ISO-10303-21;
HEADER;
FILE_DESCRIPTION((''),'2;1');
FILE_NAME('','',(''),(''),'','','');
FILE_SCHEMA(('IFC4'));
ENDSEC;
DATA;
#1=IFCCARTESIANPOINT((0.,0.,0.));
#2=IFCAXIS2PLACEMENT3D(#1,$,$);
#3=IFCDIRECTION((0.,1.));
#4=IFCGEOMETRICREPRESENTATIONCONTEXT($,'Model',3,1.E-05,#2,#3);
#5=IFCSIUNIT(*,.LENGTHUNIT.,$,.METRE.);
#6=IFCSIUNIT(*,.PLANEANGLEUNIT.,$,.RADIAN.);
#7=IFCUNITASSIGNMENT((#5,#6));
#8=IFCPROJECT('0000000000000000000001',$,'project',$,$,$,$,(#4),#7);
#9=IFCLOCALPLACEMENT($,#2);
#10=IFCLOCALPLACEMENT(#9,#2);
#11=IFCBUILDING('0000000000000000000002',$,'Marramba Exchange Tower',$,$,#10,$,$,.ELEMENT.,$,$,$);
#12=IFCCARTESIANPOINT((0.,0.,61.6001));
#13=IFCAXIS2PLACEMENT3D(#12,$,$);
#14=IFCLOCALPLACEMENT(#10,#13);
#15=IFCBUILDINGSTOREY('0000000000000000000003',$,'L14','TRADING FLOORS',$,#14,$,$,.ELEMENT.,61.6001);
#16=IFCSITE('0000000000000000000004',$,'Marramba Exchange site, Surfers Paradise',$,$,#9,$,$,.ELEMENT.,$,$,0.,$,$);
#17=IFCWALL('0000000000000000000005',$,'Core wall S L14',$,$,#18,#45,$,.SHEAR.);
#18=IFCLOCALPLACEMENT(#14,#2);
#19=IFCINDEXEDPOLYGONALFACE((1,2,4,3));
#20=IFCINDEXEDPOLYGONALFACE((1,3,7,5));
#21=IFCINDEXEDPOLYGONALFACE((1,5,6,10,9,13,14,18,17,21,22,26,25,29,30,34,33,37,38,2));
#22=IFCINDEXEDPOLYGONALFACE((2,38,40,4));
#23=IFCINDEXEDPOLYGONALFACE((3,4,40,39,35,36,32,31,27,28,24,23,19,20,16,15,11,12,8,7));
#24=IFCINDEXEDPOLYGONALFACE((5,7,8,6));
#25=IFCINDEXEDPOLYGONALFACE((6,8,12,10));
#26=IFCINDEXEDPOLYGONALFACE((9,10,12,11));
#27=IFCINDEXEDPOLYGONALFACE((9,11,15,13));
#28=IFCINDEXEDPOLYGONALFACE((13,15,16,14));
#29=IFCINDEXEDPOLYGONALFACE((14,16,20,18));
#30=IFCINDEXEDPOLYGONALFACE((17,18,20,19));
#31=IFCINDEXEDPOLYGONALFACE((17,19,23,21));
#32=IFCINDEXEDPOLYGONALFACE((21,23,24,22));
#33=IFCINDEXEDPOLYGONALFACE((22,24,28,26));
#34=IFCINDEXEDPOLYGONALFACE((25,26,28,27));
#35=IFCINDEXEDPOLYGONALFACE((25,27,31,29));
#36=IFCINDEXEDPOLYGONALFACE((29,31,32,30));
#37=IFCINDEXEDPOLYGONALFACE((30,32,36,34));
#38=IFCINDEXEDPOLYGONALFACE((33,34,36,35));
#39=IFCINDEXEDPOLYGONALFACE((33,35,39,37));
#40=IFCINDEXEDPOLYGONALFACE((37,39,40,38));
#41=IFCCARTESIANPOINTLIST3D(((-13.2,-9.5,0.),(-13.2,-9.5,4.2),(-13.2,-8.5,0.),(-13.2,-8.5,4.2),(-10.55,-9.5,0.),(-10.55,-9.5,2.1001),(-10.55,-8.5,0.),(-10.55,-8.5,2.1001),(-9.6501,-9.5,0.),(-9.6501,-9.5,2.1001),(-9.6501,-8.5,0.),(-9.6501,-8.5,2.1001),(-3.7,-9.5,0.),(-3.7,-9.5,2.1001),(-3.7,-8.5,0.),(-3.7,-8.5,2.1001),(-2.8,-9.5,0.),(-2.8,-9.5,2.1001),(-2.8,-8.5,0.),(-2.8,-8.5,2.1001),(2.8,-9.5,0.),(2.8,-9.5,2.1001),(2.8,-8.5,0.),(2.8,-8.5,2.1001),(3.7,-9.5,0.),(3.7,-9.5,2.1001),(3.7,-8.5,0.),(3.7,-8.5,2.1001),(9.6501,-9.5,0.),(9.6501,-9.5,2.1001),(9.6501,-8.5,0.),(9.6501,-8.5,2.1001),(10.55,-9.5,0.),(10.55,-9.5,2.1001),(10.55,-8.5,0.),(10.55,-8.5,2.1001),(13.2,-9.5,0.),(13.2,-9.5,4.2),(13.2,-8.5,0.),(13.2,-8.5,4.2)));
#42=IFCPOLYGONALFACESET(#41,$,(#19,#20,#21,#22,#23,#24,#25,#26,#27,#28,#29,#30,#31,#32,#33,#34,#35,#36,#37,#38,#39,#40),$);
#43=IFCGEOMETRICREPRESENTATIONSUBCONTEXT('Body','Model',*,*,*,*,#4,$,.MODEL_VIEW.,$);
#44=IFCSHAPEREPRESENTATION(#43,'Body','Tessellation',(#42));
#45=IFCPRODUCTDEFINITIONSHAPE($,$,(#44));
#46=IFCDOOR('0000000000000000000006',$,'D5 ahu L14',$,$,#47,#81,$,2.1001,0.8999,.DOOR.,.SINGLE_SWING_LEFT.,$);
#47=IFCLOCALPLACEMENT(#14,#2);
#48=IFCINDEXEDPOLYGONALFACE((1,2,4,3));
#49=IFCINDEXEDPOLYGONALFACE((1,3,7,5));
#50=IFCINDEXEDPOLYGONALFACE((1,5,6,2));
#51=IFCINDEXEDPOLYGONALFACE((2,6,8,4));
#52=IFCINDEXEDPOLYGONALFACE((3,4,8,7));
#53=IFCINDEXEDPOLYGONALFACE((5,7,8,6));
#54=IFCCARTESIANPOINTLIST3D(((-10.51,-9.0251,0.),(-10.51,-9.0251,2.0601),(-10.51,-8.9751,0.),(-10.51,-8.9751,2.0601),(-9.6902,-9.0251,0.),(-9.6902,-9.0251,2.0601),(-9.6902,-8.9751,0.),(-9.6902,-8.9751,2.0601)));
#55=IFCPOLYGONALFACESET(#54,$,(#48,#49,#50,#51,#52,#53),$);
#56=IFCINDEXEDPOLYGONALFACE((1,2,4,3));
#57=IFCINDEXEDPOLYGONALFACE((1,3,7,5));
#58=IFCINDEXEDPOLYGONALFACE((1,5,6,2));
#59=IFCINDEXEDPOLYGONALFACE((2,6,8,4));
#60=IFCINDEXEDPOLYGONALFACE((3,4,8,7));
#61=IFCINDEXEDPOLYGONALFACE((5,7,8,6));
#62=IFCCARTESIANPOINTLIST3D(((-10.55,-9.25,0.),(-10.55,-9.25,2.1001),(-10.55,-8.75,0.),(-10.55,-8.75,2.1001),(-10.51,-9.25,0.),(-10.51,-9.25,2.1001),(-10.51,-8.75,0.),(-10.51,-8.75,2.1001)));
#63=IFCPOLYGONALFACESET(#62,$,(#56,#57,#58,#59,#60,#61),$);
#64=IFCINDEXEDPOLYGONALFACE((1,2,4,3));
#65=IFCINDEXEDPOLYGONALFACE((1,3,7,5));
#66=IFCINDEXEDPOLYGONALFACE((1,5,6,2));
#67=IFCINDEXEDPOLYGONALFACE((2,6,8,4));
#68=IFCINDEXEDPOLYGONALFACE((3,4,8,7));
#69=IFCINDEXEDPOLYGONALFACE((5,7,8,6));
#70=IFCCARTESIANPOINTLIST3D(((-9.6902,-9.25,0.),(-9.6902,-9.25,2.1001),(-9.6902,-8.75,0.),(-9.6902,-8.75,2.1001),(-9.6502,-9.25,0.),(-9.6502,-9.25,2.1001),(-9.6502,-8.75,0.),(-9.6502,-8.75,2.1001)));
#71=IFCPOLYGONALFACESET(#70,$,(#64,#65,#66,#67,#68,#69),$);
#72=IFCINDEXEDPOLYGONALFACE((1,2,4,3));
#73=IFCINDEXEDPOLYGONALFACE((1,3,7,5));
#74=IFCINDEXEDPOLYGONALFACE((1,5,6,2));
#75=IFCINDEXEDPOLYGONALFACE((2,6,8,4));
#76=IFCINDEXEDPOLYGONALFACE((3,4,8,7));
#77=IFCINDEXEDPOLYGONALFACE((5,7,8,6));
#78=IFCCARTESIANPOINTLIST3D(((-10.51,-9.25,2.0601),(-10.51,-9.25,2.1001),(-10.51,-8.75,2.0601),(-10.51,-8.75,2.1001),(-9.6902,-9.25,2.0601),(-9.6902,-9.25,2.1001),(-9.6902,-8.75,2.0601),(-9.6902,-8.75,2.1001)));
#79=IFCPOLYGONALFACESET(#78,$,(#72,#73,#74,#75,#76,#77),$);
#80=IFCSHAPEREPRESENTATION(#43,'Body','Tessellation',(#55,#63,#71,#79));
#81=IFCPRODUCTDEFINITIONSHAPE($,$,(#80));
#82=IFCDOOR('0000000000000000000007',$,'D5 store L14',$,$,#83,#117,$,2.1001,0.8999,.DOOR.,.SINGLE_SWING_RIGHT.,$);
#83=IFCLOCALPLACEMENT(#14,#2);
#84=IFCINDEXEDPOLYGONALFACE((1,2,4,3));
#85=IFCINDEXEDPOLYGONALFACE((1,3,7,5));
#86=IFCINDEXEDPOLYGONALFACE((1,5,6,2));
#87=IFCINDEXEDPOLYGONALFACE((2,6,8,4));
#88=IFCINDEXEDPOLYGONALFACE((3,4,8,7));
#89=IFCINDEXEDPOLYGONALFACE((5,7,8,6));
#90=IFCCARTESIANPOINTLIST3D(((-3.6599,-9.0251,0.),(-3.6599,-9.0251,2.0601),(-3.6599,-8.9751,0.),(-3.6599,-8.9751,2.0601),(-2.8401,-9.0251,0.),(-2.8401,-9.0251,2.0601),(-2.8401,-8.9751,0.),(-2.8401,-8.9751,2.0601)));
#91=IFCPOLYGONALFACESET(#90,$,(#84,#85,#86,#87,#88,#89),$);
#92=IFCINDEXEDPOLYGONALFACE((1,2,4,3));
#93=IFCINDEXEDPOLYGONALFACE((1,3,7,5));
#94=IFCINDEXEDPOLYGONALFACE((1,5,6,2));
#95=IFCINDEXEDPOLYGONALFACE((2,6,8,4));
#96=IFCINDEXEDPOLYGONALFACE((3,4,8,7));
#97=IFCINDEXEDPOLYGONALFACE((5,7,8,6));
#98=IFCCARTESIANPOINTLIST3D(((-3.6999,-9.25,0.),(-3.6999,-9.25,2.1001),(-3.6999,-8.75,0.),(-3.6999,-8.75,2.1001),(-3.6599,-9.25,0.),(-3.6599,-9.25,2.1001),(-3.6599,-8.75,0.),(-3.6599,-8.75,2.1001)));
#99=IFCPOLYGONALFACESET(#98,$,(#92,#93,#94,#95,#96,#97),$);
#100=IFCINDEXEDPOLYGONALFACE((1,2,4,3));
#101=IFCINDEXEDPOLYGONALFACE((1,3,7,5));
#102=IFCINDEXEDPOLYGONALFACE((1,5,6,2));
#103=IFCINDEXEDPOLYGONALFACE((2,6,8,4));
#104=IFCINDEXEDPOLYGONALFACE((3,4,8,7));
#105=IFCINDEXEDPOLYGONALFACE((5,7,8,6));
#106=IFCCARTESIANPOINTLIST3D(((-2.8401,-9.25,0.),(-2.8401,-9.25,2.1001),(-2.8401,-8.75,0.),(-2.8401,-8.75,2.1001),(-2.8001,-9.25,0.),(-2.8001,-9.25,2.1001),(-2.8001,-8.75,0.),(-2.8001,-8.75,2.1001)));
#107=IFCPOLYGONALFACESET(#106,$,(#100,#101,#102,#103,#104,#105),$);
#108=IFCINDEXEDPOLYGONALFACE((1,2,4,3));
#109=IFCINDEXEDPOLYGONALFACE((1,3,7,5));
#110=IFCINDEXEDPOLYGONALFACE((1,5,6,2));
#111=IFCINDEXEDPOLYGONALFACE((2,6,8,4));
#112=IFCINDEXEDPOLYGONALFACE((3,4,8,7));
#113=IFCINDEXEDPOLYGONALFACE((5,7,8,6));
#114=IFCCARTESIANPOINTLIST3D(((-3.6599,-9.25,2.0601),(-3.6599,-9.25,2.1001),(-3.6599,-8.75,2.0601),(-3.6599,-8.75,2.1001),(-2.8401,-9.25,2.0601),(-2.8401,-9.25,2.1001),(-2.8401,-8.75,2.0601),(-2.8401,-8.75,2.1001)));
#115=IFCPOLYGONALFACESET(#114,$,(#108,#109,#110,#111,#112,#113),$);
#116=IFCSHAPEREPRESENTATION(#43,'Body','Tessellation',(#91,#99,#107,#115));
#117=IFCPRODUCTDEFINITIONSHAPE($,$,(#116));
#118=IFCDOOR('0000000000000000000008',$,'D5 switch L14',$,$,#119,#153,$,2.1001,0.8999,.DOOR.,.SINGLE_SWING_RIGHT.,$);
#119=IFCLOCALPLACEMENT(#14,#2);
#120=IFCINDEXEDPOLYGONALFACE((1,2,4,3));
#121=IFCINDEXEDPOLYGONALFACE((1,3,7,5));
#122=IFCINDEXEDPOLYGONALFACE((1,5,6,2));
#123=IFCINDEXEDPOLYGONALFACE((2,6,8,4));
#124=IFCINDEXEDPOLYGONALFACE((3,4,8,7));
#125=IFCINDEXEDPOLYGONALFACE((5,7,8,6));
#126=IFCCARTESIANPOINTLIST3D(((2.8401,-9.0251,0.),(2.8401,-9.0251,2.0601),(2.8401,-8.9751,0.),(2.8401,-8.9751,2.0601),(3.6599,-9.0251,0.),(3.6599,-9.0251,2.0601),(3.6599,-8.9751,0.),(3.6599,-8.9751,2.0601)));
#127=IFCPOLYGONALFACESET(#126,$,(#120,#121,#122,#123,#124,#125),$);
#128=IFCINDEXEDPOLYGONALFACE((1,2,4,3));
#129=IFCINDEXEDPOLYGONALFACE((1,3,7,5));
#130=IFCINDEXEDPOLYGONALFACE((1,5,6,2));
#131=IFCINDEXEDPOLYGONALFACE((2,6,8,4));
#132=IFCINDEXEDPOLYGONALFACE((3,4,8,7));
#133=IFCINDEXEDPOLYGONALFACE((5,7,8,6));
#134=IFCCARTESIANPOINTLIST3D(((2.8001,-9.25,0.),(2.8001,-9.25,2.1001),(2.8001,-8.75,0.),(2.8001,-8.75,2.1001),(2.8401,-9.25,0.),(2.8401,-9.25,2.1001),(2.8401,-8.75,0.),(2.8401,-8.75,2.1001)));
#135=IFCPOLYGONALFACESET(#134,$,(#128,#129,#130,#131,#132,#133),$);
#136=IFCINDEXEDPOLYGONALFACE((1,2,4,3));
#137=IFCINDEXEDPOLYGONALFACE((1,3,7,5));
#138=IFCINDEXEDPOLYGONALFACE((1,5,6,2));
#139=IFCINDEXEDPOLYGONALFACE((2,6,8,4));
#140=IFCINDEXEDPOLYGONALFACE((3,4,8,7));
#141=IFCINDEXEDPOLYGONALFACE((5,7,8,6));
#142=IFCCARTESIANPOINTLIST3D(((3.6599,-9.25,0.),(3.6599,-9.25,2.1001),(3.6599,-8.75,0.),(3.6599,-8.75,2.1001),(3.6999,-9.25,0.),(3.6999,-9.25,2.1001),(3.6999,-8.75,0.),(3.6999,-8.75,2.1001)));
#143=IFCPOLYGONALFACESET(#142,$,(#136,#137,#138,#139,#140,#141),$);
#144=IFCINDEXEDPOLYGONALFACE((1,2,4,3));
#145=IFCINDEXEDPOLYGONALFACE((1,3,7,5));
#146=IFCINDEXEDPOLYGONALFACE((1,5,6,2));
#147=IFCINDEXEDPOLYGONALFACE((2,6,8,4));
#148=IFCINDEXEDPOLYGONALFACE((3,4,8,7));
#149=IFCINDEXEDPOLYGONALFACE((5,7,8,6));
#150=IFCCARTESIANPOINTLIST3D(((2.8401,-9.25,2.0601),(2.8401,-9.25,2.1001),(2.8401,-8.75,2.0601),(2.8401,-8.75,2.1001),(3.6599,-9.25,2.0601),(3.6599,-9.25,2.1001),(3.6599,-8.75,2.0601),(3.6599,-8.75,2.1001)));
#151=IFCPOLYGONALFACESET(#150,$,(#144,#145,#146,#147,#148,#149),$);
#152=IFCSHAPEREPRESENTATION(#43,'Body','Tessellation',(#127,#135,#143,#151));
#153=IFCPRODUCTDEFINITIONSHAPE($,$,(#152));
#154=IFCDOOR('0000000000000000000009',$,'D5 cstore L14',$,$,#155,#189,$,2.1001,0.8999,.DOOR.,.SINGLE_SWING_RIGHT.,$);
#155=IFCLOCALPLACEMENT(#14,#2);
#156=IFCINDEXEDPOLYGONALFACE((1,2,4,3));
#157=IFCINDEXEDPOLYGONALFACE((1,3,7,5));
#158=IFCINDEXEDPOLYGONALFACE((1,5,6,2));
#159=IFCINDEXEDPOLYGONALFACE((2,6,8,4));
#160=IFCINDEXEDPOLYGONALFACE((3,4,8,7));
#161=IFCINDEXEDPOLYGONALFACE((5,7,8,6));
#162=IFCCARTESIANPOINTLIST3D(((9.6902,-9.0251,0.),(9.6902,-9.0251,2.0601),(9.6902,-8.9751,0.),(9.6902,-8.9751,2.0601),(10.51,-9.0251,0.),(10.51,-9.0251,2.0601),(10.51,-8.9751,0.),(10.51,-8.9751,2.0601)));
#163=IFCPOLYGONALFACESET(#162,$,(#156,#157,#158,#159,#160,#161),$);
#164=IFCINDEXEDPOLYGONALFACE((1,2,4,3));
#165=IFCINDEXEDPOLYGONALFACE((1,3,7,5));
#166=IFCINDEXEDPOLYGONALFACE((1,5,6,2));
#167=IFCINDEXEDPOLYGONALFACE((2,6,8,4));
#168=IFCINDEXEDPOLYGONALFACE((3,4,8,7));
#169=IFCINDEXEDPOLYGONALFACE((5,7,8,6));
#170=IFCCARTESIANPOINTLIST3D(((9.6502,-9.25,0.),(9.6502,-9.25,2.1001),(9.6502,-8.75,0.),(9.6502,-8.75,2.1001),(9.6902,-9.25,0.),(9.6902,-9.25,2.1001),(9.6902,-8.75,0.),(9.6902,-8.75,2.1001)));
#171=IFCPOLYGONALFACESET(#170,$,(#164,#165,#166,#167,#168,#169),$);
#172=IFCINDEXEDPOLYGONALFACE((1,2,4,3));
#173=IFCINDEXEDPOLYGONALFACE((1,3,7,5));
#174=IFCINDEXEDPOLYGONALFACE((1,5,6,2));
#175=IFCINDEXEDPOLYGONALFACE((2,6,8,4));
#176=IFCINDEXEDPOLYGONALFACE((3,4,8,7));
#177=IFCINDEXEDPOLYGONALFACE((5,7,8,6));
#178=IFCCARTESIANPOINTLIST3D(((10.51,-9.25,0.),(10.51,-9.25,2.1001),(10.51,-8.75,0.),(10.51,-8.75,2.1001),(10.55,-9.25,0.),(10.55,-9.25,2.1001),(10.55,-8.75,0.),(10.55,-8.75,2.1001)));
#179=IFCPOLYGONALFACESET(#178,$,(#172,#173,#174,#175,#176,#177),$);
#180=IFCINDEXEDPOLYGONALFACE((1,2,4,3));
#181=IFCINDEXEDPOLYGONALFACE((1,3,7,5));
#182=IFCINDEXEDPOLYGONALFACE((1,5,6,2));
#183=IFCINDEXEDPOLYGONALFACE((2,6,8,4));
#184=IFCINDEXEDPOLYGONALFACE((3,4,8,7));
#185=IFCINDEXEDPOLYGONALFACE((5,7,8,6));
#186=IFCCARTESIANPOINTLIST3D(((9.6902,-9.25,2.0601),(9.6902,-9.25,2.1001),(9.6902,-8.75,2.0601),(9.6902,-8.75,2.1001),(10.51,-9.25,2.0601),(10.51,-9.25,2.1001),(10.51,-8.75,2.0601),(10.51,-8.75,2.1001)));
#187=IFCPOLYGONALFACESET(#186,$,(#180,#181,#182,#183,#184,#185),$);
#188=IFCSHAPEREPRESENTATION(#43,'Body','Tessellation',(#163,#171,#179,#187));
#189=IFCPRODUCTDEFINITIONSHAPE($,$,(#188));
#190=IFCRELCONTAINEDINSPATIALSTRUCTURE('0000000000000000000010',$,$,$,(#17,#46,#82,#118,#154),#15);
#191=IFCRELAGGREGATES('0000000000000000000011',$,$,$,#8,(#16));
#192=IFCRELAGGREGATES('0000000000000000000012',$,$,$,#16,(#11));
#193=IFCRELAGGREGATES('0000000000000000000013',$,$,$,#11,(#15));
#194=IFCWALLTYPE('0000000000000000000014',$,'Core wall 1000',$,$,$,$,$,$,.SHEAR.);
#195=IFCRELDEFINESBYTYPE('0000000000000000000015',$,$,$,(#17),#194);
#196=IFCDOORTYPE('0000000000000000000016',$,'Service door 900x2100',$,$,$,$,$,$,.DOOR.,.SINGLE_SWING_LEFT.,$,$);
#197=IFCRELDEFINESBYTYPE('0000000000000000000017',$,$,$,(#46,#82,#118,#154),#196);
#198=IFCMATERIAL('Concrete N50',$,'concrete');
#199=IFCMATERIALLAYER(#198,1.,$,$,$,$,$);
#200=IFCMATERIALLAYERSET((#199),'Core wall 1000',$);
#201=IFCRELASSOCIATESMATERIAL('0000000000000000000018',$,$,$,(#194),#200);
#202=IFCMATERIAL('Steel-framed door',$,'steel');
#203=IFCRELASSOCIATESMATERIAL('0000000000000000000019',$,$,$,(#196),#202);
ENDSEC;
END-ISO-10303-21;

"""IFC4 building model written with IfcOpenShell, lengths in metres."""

from ifc_helpers import new_model, si_unit, direction, frame, frame_2d, origin, place, context, subcontext, project, spatial, rectangle, extrude, material, layer, layer_set, type_object, element, fill, save


model = new_model("IFC4")

# Units and contexts
model_context = context("Model", 3, precision=1e-05, world=origin(), true_north=direction((0.0, 1.0)))
body_context = subcontext(model_context, "Body", "Model", "MODEL_VIEW")
ifc_project = project(units=[si_unit("LENGTHUNIT", "METRE"), si_unit("PLANEANGLEUNIT", "RADIAN")], contexts=[model_context])

# Site, building, storey
site_placement = place(None, origin())
site = spatial("IfcSite", under=ifc_project, at=site_placement, Name="Marramba Exchange site, Surfers Paradise", CompositionType="ELEMENT", RefElevation=0.0)
building_placement = place(site_placement, origin())
building = spatial("IfcBuilding", under=site, at=building_placement, Name="Marramba Exchange Tower", CompositionType="ELEMENT")
storey_placement = place(building_placement, frame((0.0, 0.0, 61.6001)))
storey = spatial("IfcBuildingStorey", under=building, at=storey_placement, Name="L14", Description="TRADING FLOORS", CompositionType="ELEMENT", Elevation=61.6001)

# Shared definitions
ifc_material_1 = material(Name="Concrete N50", Category="concrete")

# Wall, openings, doors
ifc_layer_1 = layer(ifc_material_1, 1.0)
ifc_layer_set_1 = layer_set([ifc_layer_1], Name="Core wall 1000")
wall_type_1 = type_object("IfcWallType", Name="Core wall 1000", PredefinedType="SHEAR", material=ifc_layer_set_1)
wall_1_placement = place(storey_placement, frame((-13.2, -9.0, 0.0), z_axis=(0.0, 0.0, 1.0), x_axis=(1.0, 0.0, 0.0)))
wall_1 = element("IfcWall", 1, at=wall_1_placement, inside=storey, type_object=wall_type_1, Name="Core wall S L14", PredefinedType="SHEAR", context=body_context, shape_type="SweptSolid", body=[
    extrude(rectangle(XDim=26.3999, YDim=1.0, at=frame_2d((13.2, 0.0))), origin(), (0.0, 0.0, 1.0), 4.2),
])
opening_1_placement = place(wall_1_placement, frame((2.6499, 0.0, 0.0)))
opening_1 = element("IfcOpeningElement", 2, at=opening_1_placement, cuts=wall_1, PredefinedType="OPENING", context=body_context, shape_type="SweptSolid", body=[
    extrude(rectangle(XDim=0.8999, YDim=2.1001, at=frame_2d((0.45, 1.05))), frame((0.0, 0.51, 0.0), z_axis=(0.0, -1.0, 0.0), x_axis=(1.0, 0.0, 0.0)), (0.0, 0.0, 1.0), 1.02),
])
opening_2_placement = place(wall_1_placement, frame((9.5, 0.0, 0.0)))
opening_2 = element("IfcOpeningElement", 3, at=opening_2_placement, cuts=wall_1, PredefinedType="OPENING", context=body_context, shape_type="SweptSolid", body=[
    extrude(rectangle(XDim=0.8999, YDim=2.1001, at=frame_2d((0.45, 1.05))), frame((0.0, 0.51, 0.0), z_axis=(0.0, -1.0, 0.0), x_axis=(1.0, 0.0, 0.0)), (0.0, 0.0, 1.0), 1.02),
])
opening_3_placement = place(wall_1_placement, frame((16.0, 0.0, 0.0)))
opening_3 = element("IfcOpeningElement", 4, at=opening_3_placement, cuts=wall_1, PredefinedType="OPENING", context=body_context, shape_type="SweptSolid", body=[
    extrude(rectangle(XDim=0.8999, YDim=2.1001, at=frame_2d((0.45, 1.05))), frame((0.0, 0.51, 0.0), z_axis=(0.0, -1.0, 0.0), x_axis=(1.0, 0.0, 0.0)), (0.0, 0.0, 1.0), 1.02),
])
opening_4_placement = place(wall_1_placement, frame((22.8501, 0.0, 0.0)))
opening_4 = element("IfcOpeningElement", 5, at=opening_4_placement, cuts=wall_1, PredefinedType="OPENING", context=body_context, shape_type="SweptSolid", body=[
    extrude(rectangle(XDim=0.8999, YDim=2.1001, at=frame_2d((0.45, 1.05))), frame((0.0, 0.51, 0.0), z_axis=(0.0, -1.0, 0.0), x_axis=(1.0, 0.0, 0.0)), (0.0, 0.0, 1.0), 1.02),
])
ifc_material_2 = material(Name="Steel-framed door", Category="steel")
door_type = type_object("IfcDoorType", Name="Service door 900x2100", OperationType="SINGLE_SWING_LEFT", PredefinedType="DOOR", material=ifc_material_2)
door_1_placement = place(opening_1_placement, origin())
door_1 = element("IfcDoor", 6, at=door_1_placement, inside=storey, type_object=door_type, Name="D5 ahu L14", OperationType="SINGLE_SWING_LEFT", OverallHeight=2.1001, OverallWidth=0.8999, PredefinedType="DOOR", context=body_context, shape_type="SweptSolid", body=[
    extrude(rectangle(XDim=0.8198, YDim=2.0601, at=frame_2d((0.45, 1.03))), frame((0.0, 0.0249, 0.0), z_axis=(0.0, -1.0, 0.0), x_axis=(1.0, 0.0, 0.0)), (0.0, 0.0, 1.0), 0.05),
    extrude(rectangle(XDim=0.04, YDim=2.1001, at=frame_2d((0.02, 1.05))), frame((0.0, 0.25, 0.0), z_axis=(0.0, -1.0, 0.0), x_axis=(1.0, 0.0, 0.0)), (0.0, 0.0, 1.0), 0.5),
    extrude(rectangle(XDim=0.04, YDim=2.1001, at=frame_2d((0.8799, 1.05))), frame((0.0, 0.25, 0.0), z_axis=(0.0, -1.0, 0.0), x_axis=(1.0, 0.0, 0.0)), (0.0, 0.0, 1.0), 0.5),
    extrude(rectangle(XDim=0.8198, YDim=0.04, at=frame_2d((0.45, 2.0801))), frame((0.0, 0.25, 0.0), z_axis=(0.0, -1.0, 0.0), x_axis=(1.0, 0.0, 0.0)), (0.0, 0.0, 1.0), 0.5),
])
fill(opening_1, door_1)
door_2_placement = place(opening_2_placement, origin())
door_2 = element("IfcDoor", 7, at=door_2_placement, inside=storey, type_object=door_type, Name="D5 store L14", OperationType="SINGLE_SWING_RIGHT", OverallHeight=2.1001, OverallWidth=0.8999, PredefinedType="DOOR", context=body_context, shape_type="SweptSolid", body=[
    extrude(rectangle(XDim=0.8198, YDim=2.0601, at=frame_2d((0.45, 1.03))), frame((0.0, 0.0249, 0.0), z_axis=(0.0, -1.0, 0.0), x_axis=(1.0, 0.0, 0.0)), (0.0, 0.0, 1.0), 0.05),
    extrude(rectangle(XDim=0.04, YDim=2.1001, at=frame_2d((0.02, 1.05))), frame((0.0, 0.25, 0.0), z_axis=(0.0, -1.0, 0.0), x_axis=(1.0, 0.0, 0.0)), (0.0, 0.0, 1.0), 0.5),
    extrude(rectangle(XDim=0.04, YDim=2.1001, at=frame_2d((0.8799, 1.05))), frame((0.0, 0.25, 0.0), z_axis=(0.0, -1.0, 0.0), x_axis=(1.0, 0.0, 0.0)), (0.0, 0.0, 1.0), 0.5),
    extrude(rectangle(XDim=0.8198, YDim=0.04, at=frame_2d((0.45, 2.0801))), frame((0.0, 0.25, 0.0), z_axis=(0.0, -1.0, 0.0), x_axis=(1.0, 0.0, 0.0)), (0.0, 0.0, 1.0), 0.5),
])
fill(opening_2, door_2)
door_3_placement = place(opening_3_placement, origin())
door_3 = element("IfcDoor", 8, at=door_3_placement, inside=storey, type_object=door_type, Name="D5 switch L14", OperationType="SINGLE_SWING_RIGHT", OverallHeight=2.1001, OverallWidth=0.8999, PredefinedType="DOOR", context=body_context, shape_type="SweptSolid", body=[
    extrude(rectangle(XDim=0.8198, YDim=2.0601, at=frame_2d((0.45, 1.03))), frame((0.0, 0.0249, 0.0), z_axis=(0.0, -1.0, 0.0), x_axis=(1.0, 0.0, 0.0)), (0.0, 0.0, 1.0), 0.05),
    extrude(rectangle(XDim=0.04, YDim=2.1001, at=frame_2d((0.02, 1.05))), frame((0.0, 0.25, 0.0), z_axis=(0.0, -1.0, 0.0), x_axis=(1.0, 0.0, 0.0)), (0.0, 0.0, 1.0), 0.5),
    extrude(rectangle(XDim=0.04, YDim=2.1001, at=frame_2d((0.8799, 1.05))), frame((0.0, 0.25, 0.0), z_axis=(0.0, -1.0, 0.0), x_axis=(1.0, 0.0, 0.0)), (0.0, 0.0, 1.0), 0.5),
    extrude(rectangle(XDim=0.8198, YDim=0.04, at=frame_2d((0.45, 2.0801))), frame((0.0, 0.25, 0.0), z_axis=(0.0, -1.0, 0.0), x_axis=(1.0, 0.0, 0.0)), (0.0, 0.0, 1.0), 0.5),
])
fill(opening_3, door_3)
door_4_placement = place(opening_4_placement, origin())
door_4 = element("IfcDoor", 9, at=door_4_placement, inside=storey, type_object=door_type, Name="D5 cstore L14", OperationType="SINGLE_SWING_RIGHT", OverallHeight=2.1001, OverallWidth=0.8999, PredefinedType="DOOR", context=body_context, shape_type="SweptSolid", body=[
    extrude(rectangle(XDim=0.8198, YDim=2.0601, at=frame_2d((0.45, 1.03))), frame((0.0, 0.0249, 0.0), z_axis=(0.0, -1.0, 0.0), x_axis=(1.0, 0.0, 0.0)), (0.0, 0.0, 1.0), 0.05),
    extrude(rectangle(XDim=0.04, YDim=2.1001, at=frame_2d((0.02, 1.05))), frame((0.0, 0.25, 0.0), z_axis=(0.0, -1.0, 0.0), x_axis=(1.0, 0.0, 0.0)), (0.0, 0.0, 1.0), 0.5),
    extrude(rectangle(XDim=0.04, YDim=2.1001, at=frame_2d((0.8799, 1.05))), frame((0.0, 0.25, 0.0), z_axis=(0.0, -1.0, 0.0), x_axis=(1.0, 0.0, 0.0)), (0.0, 0.0, 1.0), 0.5),
    extrude(rectangle(XDim=0.8198, YDim=0.04, at=frame_2d((0.45, 2.0801))), frame((0.0, 0.25, 0.0), z_axis=(0.0, -1.0, 0.0), x_axis=(1.0, 0.0, 0.0)), (0.0, 0.0, 1.0), 0.5),
])
fill(opening_4, door_4)

save(model, "model.ifc")
